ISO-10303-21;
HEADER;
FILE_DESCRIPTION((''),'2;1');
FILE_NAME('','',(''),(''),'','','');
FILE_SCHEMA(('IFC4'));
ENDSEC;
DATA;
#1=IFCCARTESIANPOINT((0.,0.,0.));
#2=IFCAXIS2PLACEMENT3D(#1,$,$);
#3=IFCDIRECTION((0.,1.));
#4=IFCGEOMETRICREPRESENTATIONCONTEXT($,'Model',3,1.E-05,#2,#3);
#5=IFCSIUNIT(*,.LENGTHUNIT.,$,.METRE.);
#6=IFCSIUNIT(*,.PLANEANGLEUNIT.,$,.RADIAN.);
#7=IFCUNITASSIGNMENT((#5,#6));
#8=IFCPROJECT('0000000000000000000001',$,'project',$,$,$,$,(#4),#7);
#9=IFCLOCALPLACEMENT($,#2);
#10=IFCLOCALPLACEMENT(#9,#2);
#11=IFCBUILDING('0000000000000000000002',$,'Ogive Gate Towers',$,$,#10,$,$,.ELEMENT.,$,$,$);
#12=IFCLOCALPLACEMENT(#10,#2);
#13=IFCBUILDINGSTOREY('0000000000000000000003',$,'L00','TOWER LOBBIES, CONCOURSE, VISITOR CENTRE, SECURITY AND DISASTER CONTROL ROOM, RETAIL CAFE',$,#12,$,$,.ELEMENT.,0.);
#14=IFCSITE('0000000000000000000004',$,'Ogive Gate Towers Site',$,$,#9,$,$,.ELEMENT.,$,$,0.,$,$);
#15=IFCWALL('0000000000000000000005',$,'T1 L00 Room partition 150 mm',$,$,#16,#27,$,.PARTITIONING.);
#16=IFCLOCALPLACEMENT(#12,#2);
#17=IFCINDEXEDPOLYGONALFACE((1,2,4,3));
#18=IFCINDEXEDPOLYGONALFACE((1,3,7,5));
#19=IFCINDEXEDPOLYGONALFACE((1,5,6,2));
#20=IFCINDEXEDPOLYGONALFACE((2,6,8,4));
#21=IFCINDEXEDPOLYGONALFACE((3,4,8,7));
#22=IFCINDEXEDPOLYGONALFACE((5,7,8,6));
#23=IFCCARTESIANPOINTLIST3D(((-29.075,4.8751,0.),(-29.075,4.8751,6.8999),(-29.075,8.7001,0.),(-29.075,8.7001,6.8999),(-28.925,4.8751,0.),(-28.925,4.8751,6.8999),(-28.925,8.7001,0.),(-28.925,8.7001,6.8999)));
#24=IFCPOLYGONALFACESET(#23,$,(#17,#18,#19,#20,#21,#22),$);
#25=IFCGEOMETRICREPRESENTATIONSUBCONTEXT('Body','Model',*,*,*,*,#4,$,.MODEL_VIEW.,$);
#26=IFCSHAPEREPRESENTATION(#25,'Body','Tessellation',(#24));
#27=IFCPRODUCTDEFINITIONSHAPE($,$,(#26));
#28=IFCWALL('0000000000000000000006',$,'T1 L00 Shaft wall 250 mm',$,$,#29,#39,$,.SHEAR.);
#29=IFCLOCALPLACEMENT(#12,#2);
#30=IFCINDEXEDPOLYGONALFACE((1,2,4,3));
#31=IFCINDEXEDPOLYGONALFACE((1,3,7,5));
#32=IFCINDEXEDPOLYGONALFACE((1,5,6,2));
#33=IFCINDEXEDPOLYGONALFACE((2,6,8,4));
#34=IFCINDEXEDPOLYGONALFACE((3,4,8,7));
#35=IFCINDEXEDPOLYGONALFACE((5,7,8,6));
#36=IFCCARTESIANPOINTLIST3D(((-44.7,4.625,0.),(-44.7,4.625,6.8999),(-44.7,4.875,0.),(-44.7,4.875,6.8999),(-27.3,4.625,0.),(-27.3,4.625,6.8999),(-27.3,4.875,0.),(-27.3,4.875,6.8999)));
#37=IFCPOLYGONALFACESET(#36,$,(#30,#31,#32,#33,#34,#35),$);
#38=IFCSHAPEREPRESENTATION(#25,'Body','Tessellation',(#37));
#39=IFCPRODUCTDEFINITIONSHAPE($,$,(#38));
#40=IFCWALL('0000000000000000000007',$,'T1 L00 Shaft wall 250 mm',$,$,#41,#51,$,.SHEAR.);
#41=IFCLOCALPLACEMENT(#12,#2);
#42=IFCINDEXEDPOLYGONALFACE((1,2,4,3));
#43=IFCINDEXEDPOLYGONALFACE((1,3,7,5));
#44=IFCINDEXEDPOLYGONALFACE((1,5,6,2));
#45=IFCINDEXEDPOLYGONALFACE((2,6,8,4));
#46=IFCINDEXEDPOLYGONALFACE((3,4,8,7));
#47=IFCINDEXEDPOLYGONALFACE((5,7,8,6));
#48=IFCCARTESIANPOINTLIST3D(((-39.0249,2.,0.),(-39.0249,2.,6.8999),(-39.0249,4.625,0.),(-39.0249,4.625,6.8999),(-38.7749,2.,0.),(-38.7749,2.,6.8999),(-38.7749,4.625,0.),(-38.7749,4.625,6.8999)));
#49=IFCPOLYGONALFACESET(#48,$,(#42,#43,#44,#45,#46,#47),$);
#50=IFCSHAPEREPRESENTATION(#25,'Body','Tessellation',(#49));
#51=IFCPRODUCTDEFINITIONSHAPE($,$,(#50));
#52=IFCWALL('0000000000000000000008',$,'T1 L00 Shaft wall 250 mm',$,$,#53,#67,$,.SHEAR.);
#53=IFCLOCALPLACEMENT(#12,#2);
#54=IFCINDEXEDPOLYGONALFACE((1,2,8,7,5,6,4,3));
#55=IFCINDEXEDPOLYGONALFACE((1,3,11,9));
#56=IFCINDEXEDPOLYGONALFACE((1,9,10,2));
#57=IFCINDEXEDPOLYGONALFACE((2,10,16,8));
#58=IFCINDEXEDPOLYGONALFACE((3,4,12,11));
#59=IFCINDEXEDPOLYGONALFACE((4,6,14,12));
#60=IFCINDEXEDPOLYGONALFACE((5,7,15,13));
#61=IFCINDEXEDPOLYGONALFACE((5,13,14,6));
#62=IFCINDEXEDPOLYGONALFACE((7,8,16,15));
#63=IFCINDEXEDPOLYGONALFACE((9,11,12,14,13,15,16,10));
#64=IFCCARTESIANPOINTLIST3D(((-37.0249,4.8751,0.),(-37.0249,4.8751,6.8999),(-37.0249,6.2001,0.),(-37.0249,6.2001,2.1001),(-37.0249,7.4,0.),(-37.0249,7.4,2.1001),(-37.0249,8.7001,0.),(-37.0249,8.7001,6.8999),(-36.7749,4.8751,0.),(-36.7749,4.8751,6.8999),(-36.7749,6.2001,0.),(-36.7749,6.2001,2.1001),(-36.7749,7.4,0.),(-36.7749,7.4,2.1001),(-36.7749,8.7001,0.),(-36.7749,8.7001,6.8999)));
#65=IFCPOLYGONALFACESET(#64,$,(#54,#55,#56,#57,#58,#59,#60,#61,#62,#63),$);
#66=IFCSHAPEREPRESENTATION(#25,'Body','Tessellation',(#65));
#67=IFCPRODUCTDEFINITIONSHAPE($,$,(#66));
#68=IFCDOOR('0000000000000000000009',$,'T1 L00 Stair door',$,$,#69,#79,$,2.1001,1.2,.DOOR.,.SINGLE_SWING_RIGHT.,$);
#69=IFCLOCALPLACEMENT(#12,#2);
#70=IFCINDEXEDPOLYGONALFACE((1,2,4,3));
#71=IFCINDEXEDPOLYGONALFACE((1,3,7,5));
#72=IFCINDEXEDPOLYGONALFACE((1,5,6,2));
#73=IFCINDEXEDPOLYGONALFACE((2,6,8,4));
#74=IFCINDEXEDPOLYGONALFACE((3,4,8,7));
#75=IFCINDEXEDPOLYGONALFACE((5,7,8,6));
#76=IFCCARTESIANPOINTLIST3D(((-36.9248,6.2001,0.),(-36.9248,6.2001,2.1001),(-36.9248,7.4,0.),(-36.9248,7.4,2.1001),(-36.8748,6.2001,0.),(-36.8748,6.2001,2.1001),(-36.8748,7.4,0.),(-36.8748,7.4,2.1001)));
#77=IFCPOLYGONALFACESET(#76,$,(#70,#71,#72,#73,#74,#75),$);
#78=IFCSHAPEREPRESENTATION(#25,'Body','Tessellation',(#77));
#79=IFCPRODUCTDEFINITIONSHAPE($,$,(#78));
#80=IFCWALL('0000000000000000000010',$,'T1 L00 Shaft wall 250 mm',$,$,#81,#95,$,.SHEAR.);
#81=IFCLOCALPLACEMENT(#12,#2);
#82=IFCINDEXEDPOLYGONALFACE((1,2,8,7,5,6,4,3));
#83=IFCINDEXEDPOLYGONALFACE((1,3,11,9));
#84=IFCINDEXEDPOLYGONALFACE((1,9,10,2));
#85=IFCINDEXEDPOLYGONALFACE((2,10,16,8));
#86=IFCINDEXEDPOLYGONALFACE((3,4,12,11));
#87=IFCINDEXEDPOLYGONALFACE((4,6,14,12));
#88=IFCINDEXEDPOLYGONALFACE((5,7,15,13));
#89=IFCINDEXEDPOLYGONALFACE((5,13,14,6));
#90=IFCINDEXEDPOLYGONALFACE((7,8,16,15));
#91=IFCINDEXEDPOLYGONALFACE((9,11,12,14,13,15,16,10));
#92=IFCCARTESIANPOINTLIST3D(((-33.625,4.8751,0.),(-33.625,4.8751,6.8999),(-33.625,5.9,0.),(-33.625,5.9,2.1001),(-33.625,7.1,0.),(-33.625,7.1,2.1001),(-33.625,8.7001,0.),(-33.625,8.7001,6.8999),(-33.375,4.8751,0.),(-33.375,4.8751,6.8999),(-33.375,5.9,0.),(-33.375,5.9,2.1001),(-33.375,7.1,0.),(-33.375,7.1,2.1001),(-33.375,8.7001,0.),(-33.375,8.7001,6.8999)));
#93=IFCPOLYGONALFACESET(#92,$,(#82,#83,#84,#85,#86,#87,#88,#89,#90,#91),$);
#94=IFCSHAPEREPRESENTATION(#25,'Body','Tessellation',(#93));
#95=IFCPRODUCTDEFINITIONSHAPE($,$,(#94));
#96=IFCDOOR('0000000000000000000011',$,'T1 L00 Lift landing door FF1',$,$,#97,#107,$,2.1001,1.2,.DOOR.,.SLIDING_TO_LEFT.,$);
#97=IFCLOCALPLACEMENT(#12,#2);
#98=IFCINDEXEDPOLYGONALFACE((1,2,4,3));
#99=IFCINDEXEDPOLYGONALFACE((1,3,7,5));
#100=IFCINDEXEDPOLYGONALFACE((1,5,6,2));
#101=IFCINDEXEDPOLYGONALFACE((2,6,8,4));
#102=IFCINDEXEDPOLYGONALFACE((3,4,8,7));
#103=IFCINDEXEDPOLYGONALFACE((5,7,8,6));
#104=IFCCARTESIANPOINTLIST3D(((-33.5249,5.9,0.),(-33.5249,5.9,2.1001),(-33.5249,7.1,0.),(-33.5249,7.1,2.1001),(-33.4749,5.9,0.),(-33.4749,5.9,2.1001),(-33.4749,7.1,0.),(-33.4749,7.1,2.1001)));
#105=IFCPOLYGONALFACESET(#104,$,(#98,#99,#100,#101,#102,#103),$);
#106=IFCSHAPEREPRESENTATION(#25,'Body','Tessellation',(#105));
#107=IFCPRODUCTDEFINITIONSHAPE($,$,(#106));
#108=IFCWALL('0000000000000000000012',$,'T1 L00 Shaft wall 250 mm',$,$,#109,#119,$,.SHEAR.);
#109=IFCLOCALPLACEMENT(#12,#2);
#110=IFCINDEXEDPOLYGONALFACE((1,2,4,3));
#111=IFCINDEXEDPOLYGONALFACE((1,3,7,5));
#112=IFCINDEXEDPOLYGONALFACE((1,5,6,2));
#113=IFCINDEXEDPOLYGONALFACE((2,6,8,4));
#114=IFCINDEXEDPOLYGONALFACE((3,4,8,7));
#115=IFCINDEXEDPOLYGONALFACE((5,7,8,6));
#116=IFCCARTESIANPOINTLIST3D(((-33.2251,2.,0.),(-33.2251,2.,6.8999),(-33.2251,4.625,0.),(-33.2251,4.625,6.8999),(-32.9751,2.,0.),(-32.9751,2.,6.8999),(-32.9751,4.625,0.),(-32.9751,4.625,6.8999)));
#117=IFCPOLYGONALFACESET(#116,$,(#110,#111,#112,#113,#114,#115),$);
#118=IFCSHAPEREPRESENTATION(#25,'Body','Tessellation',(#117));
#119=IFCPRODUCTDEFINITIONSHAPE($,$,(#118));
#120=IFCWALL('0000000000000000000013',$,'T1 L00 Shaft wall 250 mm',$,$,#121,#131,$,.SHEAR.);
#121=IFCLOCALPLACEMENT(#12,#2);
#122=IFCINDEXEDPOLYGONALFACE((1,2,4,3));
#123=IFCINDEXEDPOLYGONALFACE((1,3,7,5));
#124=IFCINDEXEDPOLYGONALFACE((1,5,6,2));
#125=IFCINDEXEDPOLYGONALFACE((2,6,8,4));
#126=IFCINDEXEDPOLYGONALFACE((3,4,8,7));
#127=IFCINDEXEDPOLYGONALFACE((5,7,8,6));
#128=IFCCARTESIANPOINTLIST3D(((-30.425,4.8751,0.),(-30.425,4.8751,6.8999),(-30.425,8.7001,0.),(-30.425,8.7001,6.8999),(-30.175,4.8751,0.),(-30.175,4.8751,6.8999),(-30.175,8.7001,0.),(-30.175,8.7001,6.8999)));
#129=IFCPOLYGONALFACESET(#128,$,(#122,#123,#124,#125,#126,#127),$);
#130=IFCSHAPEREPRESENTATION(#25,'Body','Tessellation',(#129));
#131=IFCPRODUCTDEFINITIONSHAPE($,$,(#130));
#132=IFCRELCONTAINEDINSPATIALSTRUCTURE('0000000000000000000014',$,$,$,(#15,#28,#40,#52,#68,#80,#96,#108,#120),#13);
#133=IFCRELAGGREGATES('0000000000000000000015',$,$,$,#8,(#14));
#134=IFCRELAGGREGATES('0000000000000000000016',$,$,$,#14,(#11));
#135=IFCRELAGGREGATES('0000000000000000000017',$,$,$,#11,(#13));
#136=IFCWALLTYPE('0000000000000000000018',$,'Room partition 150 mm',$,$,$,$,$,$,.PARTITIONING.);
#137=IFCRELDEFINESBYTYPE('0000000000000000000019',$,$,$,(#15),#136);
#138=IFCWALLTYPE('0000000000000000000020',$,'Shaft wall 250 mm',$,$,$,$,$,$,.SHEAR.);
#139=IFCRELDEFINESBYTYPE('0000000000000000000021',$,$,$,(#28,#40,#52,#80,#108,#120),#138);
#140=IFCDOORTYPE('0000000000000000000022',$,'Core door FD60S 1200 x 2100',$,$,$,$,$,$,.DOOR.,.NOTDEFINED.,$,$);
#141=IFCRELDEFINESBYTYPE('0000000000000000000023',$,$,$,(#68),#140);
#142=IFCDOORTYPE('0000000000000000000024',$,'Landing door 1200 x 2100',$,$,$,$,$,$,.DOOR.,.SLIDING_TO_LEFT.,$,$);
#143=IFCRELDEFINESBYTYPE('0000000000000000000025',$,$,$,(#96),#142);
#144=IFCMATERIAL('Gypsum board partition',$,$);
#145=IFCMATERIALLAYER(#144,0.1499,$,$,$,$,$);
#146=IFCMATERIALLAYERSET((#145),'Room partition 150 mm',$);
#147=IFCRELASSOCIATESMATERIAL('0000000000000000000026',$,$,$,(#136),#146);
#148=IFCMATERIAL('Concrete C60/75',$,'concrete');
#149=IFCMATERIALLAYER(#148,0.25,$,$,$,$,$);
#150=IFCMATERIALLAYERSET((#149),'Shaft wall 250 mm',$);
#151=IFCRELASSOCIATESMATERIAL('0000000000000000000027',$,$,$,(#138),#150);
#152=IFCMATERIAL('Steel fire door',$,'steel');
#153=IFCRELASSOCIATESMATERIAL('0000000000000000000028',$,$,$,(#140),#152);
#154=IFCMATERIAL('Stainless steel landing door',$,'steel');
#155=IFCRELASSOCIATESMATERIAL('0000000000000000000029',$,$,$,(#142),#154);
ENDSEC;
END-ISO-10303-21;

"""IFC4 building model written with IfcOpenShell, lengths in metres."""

from ifc_helpers import new_model, si_unit, direction, frame, frame_2d, origin, place, context, subcontext, project, spatial, rectangle, extrude, material, layer, layer_set, type_object, element, fill, save


model = new_model("IFC4")

# Units and contexts
model_context = context("Model", 3, precision=1e-05, world=origin(), true_north=direction((0.0, 1.0)))
body_context = subcontext(model_context, "Body", "Model", "MODEL_VIEW")
ifc_project = project(units=[si_unit("LENGTHUNIT", "METRE"), si_unit("PLANEANGLEUNIT", "RADIAN")], contexts=[model_context])

# Site, building, storey
site_placement = place(None, origin())
site = spatial("IfcSite", under=ifc_project, at=site_placement, Name="Ogive Gate Towers Site", CompositionType="ELEMENT", RefElevation=0.0)
building_placement = place(site_placement, origin())
building = spatial("IfcBuilding", under=site, at=building_placement, Name="Ogive Gate Towers", CompositionType="ELEMENT")
storey_placement = place(building_placement, origin())
storey = spatial("IfcBuildingStorey", under=building, at=storey_placement, Name="L00", Description="TOWER LOBBIES, CONCOURSE, VISITOR CENTRE, SECURITY AND DISASTER CONTROL ROOM, RETAIL CAFE", CompositionType="ELEMENT", Elevation=0.0)

# Walls
ifc_material_1 = material(Name="Gypsum board partition")
ifc_layer_1 = layer(ifc_material_1, 0.1499)
ifc_layer_set_1 = layer_set([ifc_layer_1], Name="Room partition 150 mm")
wall_type_1 = type_object("IfcWallType", Name="Room partition 150 mm", PredefinedType="PARTITIONING", material=ifc_layer_set_1)
wall_1_placement = place(storey_placement, frame((-29.0, 4.875, 0.0), z_axis=(0.0, 0.0, 1.0), x_axis=(0.0, 1.0, 0.0)))
element("IfcWall", 1, at=wall_1_placement, inside=storey, type_object=wall_type_1, Name="T1 L00 Room partition 150 mm", PredefinedType="PARTITIONING", context=body_context, shape_type="SweptSolid", body=[
    extrude(rectangle(XDim=3.825, YDim=0.1499, at=frame_2d((1.9126, 0.0))), origin(), (0.0, 0.0, 1.0), 6.8999),
])
ifc_material_2 = material(Name="Concrete C60/75", Category="concrete")
ifc_layer_2 = layer(ifc_material_2, 0.25)
ifc_layer_set_2 = layer_set([ifc_layer_2], Name="Shaft wall 250 mm")
wall_type_2 = type_object("IfcWallType", Name="Shaft wall 250 mm", PredefinedType="SHEAR", material=ifc_layer_set_2)
wall_2_placement = place(storey_placement, frame((-44.7, 4.75, 0.0), z_axis=(0.0, 0.0, 1.0), x_axis=(1.0, 0.0, 0.0)))
element("IfcWall", 2, at=wall_2_placement, inside=storey, type_object=wall_type_2, Name="T1 L00 Shaft wall 250 mm", PredefinedType="SHEAR", context=body_context, shape_type="SweptSolid", body=[
    extrude(rectangle(XDim=17.3999, YDim=0.25, at=frame_2d((8.7, 0.0))), origin(), (0.0, 0.0, 1.0), 6.8999),
])
wall_3_placement = place(storey_placement, frame((-38.8999, 2.0, 0.0), z_axis=(0.0, 0.0, 1.0), x_axis=(0.0, 1.0, 0.0)))
element("IfcWall", 3, at=wall_3_placement, inside=storey, type_object=wall_type_2, Name="T1 L00 Shaft wall 250 mm", PredefinedType="SHEAR", context=body_context, shape_type="SweptSolid", body=[
    extrude(rectangle(XDim=2.625, YDim=0.25, at=frame_2d((1.3125, 0.0))), origin(), (0.0, 0.0, 1.0), 6.8999),
])

# Walls, openings, doors
wall_4_placement = place(storey_placement, frame((-36.8999, 4.875, 0.0), z_axis=(0.0, 0.0, 1.0), x_axis=(0.0, 1.0, 0.0)))
wall_4 = element("IfcWall", 4, at=wall_4_placement, inside=storey, type_object=wall_type_2, Name="T1 L00 Shaft wall 250 mm", PredefinedType="SHEAR", context=body_context, shape_type="SweptSolid", body=[
    extrude(rectangle(XDim=3.825, YDim=0.25, at=frame_2d((1.9126, 0.0))), origin(), (0.0, 0.0, 1.0), 6.8999),
])
opening_1_placement = place(wall_4_placement, frame((1.325, 0.0, 0.0)))
opening_1 = element("IfcOpeningElement", 5, at=opening_1_placement, cuts=wall_4, PredefinedType="OPENING", context=body_context, shape_type="SweptSolid", body=[
    extrude(rectangle(XDim=1.2, YDim=2.1001, at=frame_2d((0.6001, 1.05))), frame((0.0, 0.135, 0.0), z_axis=(0.0, -1.0, 0.0), x_axis=(1.0, 0.0, 0.0)), (0.0, 0.0, 1.0), 0.27),
])
ifc_material_3 = material(Name="Steel fire door", Category="steel")
door_type_1 = type_object("IfcDoorType", Name="Core door FD60S 1200 x 2100", OperationType="NOTDEFINED", PredefinedType="DOOR", material=ifc_material_3)
door_1_placement = place(opening_1_placement, origin())
door_1 = element("IfcDoor", 6, at=door_1_placement, inside=storey, type_object=door_type_1, Name="T1 L00 Stair door", OperationType="SINGLE_SWING_RIGHT", OverallHeight=2.1001, OverallWidth=1.2, PredefinedType="DOOR", context=body_context, shape_type="SweptSolid", body=[
    extrude(rectangle(XDim=1.2, YDim=2.1001, at=frame_2d((0.6001, 1.05))), frame((0.0, 0.0249, 0.0), z_axis=(0.0, -1.0, 0.0), x_axis=(1.0, 0.0, 0.0)), (0.0, 0.0, 1.0), 0.05),
])
fill(opening_1, door_1)
wall_5_placement = place(storey_placement, frame((-33.5, 4.875, 0.0), z_axis=(0.0, 0.0, 1.0), x_axis=(0.0, 1.0, 0.0)))
wall_5 = element("IfcWall", 7, at=wall_5_placement, inside=storey, type_object=wall_type_2, Name="T1 L00 Shaft wall 250 mm", PredefinedType="SHEAR", context=body_context, shape_type="SweptSolid", body=[
    extrude(rectangle(XDim=3.825, YDim=0.25, at=frame_2d((1.9126, 0.0))), origin(), (0.0, 0.0, 1.0), 6.8999),
])
opening_2_placement = place(wall_5_placement, frame((1.0249, 0.0, 0.0)))
opening_2 = element("IfcOpeningElement", 8, at=opening_2_placement, cuts=wall_5, PredefinedType="OPENING", context=body_context, shape_type="SweptSolid", body=[
    extrude(rectangle(XDim=1.2, YDim=2.1001, at=frame_2d((0.6001, 1.05))), frame((0.0, 0.135, 0.0), z_axis=(0.0, -1.0, 0.0), x_axis=(1.0, 0.0, 0.0)), (0.0, 0.0, 1.0), 0.27),
])
ifc_material_4 = material(Name="Stainless steel landing door", Category="steel")
door_type_2 = type_object("IfcDoorType", Name="Landing door 1200 x 2100", OperationType="SLIDING_TO_LEFT", PredefinedType="DOOR", material=ifc_material_4)
door_2_placement = place(opening_2_placement, origin())
door_2 = element("IfcDoor", 9, at=door_2_placement, inside=storey, type_object=door_type_2, Name="T1 L00 Lift landing door FF1", OperationType="SLIDING_TO_LEFT", OverallHeight=2.1001, OverallWidth=1.2, PredefinedType="DOOR", context=body_context, shape_type="SweptSolid", body=[
    extrude(rectangle(XDim=1.2, YDim=2.1001, at=frame_2d((0.6001, 1.05))), frame((0.0, 0.0249, 0.0), z_axis=(0.0, -1.0, 0.0), x_axis=(1.0, 0.0, 0.0)), (0.0, 0.0, 1.0), 0.05),
])
fill(opening_2, door_2)

# Walls
wall_6_placement = place(storey_placement, frame((-33.1001, 2.0, 0.0), z_axis=(0.0, 0.0, 1.0), x_axis=(0.0, 1.0, 0.0)))
element("IfcWall", 10, at=wall_6_placement, inside=storey, type_object=wall_type_2, Name="T1 L00 Shaft wall 250 mm", PredefinedType="SHEAR", context=body_context, shape_type="SweptSolid", body=[
    extrude(rectangle(XDim=2.625, YDim=0.25, at=frame_2d((1.3125, 0.0))), origin(), (0.0, 0.0, 1.0), 6.8999),
])
wall_7_placement = place(storey_placement, frame((-30.3, 4.875, 0.0), z_axis=(0.0, 0.0, 1.0), x_axis=(0.0, 1.0, 0.0)))
element("IfcWall", 11, at=wall_7_placement, inside=storey, type_object=wall_type_2, Name="T1 L00 Shaft wall 250 mm", PredefinedType="SHEAR", context=body_context, shape_type="SweptSolid", body=[
    extrude(rectangle(XDim=3.825, YDim=0.25, at=frame_2d((1.9126, 0.0))), origin(), (0.0, 0.0, 1.0), 6.8999),
])

save(model, "model.ifc")
